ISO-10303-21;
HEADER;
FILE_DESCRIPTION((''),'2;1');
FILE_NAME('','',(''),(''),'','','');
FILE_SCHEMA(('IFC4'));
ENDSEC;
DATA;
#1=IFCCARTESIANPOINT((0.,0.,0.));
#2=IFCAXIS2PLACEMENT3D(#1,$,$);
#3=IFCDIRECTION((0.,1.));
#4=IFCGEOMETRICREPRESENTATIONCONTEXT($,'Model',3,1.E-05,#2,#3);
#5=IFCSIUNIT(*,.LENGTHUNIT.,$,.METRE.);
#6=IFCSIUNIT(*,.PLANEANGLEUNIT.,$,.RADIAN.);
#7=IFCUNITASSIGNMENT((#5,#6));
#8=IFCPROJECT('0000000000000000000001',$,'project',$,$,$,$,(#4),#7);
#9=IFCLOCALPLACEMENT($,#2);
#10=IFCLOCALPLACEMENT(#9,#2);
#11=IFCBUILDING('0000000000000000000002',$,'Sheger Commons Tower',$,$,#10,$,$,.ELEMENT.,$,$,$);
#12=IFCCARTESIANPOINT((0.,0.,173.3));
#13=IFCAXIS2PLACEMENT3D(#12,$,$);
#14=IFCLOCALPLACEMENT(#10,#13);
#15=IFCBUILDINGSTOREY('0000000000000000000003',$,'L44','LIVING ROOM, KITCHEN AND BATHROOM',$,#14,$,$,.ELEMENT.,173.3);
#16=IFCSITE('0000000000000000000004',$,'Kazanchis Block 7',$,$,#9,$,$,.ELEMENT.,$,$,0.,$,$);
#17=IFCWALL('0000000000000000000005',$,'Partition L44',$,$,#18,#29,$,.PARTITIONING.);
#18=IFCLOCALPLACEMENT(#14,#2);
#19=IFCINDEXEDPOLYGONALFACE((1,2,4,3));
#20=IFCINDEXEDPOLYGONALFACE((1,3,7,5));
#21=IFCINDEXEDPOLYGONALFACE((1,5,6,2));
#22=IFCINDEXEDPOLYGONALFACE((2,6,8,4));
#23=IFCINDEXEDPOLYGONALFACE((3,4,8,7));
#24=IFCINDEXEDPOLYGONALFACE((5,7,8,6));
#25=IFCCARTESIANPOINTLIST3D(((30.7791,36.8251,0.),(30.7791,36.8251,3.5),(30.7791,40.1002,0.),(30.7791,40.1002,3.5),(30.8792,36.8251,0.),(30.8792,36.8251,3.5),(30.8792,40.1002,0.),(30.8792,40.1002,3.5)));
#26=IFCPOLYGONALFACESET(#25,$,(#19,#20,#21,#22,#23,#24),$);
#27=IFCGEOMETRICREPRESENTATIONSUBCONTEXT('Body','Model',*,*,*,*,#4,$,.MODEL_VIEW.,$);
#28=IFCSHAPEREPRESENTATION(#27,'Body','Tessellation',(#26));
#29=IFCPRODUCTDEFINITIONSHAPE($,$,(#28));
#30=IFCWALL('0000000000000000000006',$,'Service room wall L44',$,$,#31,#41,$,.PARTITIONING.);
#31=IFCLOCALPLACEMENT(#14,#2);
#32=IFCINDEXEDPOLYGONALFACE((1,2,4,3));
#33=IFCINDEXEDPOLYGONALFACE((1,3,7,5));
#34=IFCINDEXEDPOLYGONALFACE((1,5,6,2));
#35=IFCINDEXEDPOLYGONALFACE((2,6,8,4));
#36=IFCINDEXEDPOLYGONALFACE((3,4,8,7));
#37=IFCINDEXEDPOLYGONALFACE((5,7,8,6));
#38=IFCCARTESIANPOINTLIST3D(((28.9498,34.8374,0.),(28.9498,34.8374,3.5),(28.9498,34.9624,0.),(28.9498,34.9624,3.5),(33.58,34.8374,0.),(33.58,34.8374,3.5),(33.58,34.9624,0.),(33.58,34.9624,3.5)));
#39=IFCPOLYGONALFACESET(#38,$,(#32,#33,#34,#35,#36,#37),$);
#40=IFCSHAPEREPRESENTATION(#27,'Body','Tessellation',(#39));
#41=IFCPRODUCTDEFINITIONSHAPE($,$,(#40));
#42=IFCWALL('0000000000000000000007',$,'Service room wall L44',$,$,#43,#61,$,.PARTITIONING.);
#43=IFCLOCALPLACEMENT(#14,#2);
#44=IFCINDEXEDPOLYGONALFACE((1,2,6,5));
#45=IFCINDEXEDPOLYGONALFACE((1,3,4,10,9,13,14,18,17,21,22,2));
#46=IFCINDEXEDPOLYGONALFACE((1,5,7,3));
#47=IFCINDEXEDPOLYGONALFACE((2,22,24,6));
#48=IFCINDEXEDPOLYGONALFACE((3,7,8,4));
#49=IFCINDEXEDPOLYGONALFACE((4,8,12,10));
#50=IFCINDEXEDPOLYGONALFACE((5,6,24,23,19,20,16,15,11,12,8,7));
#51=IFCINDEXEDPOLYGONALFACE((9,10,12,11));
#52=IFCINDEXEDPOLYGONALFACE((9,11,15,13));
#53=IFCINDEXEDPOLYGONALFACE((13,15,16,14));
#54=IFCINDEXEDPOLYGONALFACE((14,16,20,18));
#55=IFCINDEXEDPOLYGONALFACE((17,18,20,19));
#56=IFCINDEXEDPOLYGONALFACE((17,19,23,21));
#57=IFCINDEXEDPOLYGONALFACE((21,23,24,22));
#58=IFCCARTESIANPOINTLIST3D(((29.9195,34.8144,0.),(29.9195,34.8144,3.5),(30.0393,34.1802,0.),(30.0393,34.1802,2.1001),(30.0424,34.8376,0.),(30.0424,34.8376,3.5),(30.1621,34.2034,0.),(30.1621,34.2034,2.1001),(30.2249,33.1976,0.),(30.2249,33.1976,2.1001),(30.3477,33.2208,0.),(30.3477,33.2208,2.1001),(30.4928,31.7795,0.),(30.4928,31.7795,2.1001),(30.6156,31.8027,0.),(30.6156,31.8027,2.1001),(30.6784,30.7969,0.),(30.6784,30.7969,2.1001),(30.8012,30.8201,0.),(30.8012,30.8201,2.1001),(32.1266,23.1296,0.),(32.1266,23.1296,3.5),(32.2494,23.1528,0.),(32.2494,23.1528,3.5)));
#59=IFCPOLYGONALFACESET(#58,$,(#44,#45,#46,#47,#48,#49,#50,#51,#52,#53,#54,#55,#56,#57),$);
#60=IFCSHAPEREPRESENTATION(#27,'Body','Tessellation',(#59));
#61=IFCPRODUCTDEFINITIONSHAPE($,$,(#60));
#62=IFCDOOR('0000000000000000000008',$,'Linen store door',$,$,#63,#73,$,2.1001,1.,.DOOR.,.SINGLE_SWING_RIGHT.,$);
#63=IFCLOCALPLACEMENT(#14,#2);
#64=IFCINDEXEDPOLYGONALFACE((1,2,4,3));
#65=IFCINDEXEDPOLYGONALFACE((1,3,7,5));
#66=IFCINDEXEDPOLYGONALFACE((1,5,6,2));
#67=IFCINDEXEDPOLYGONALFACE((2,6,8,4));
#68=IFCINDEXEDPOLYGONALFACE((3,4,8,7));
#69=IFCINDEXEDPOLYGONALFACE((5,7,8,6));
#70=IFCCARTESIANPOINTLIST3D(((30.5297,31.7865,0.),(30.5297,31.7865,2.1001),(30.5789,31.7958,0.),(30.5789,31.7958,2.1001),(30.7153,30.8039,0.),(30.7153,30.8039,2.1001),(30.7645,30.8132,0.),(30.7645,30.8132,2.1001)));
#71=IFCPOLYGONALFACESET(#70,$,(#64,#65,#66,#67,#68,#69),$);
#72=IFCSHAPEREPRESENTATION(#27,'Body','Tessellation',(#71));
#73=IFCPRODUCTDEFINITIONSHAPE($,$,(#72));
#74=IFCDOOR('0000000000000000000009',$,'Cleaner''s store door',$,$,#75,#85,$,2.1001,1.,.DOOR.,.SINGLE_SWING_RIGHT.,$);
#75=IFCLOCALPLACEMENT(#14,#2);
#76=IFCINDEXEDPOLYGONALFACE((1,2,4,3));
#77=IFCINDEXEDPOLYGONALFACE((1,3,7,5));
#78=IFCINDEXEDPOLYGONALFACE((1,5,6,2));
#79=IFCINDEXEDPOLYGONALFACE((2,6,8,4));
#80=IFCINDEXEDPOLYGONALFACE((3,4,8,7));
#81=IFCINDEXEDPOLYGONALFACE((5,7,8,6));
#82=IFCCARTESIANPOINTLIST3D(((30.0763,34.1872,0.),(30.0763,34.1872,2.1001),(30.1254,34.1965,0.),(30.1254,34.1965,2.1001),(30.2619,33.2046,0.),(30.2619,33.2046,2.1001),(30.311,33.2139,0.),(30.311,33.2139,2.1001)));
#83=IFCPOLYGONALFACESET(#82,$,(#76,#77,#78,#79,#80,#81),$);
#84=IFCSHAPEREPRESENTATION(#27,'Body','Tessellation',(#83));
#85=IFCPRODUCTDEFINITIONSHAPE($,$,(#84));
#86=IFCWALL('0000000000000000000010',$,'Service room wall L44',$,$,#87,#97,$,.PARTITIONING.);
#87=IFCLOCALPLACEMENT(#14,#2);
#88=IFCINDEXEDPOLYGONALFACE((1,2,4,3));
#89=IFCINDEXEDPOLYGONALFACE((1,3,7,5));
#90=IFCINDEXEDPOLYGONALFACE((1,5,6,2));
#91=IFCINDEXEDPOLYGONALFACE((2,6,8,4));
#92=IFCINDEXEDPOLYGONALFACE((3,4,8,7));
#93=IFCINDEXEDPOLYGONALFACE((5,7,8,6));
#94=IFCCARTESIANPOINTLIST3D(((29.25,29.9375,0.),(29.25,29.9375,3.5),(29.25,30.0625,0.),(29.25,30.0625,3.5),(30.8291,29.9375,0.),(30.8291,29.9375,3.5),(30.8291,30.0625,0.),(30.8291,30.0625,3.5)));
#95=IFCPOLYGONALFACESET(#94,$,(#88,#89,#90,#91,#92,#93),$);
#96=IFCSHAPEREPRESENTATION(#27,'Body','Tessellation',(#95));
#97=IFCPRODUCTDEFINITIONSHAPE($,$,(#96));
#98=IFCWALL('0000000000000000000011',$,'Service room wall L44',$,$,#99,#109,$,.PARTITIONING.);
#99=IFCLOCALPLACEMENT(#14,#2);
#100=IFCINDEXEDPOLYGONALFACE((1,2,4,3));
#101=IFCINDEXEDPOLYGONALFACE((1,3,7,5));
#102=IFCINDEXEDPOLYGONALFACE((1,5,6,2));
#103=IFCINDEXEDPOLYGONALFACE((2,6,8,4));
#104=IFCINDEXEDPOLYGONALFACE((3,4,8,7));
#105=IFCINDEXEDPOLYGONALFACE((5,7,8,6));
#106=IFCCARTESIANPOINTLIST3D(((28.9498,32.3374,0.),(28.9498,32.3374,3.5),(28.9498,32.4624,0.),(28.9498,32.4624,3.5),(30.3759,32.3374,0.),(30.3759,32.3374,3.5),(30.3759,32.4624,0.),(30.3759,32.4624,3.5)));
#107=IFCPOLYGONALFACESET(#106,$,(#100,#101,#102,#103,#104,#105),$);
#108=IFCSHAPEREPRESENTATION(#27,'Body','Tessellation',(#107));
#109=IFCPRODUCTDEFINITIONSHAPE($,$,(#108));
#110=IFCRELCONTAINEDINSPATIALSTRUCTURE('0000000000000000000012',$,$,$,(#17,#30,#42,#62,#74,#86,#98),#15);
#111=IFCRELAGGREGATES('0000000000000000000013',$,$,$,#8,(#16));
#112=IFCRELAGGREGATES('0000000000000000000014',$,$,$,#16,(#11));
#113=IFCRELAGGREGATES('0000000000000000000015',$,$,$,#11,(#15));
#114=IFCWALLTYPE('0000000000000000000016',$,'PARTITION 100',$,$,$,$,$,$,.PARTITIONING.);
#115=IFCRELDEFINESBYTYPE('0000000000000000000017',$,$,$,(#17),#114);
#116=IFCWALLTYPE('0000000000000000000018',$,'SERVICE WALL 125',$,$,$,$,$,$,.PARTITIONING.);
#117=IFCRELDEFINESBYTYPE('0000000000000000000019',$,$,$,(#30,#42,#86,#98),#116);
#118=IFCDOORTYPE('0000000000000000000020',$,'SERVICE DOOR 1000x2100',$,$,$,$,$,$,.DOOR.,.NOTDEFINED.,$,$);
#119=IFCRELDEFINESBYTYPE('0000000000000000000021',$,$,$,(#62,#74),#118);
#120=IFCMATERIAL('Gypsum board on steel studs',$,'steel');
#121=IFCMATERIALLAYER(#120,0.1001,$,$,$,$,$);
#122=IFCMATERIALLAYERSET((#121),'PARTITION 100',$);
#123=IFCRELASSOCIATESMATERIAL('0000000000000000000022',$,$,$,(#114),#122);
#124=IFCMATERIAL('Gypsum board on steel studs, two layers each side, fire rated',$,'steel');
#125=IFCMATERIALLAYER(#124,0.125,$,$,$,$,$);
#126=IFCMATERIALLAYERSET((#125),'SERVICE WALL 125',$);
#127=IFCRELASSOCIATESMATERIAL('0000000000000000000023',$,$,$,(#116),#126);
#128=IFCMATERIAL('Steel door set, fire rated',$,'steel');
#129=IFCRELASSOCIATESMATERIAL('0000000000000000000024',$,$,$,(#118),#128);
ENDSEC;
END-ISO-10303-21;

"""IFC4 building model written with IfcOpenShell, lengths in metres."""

from ifc_helpers import new_model, si_unit, direction, frame, frame_2d, origin, place, context, subcontext, project, spatial, rectangle, extrude, material, layer, layer_set, type_object, element, fill, save


model = new_model("IFC4")

# Units and contexts
model_context = context("Model", 3, precision=1e-05, world=origin(), true_north=direction((0.0, 1.0)))
body_context = subcontext(model_context, "Body", "Model", "MODEL_VIEW")
ifc_project = project(units=[si_unit("LENGTHUNIT", "METRE"), si_unit("PLANEANGLEUNIT", "RADIAN")], contexts=[model_context])

# Site, building, storey
site_placement = place(None, origin())
site = spatial("IfcSite", under=ifc_project, at=site_placement, Name="Kazanchis Block 7", CompositionType="ELEMENT", RefElevation=0.0)
building_placement = place(site_placement, origin())
building = spatial("IfcBuilding", under=site, at=building_placement, Name="Sheger Commons Tower", CompositionType="ELEMENT")
storey_placement = place(building_placement, frame((0.0, 0.0, 173.3)))
storey = spatial("IfcBuildingStorey", under=building, at=storey_placement, Name="L44", Description="LIVING ROOM, KITCHEN AND BATHROOM", CompositionType="ELEMENT", Elevation=173.3)

# Shared definitions
ifc_material_1 = material(Name="Gypsum board on steel studs", Category="steel")
ifc_layer_1 = layer(ifc_material_1, 0.1001)
ifc_layer_set_1 = layer_set([ifc_layer_1], Name="PARTITION 100")
wall_type_1 = type_object("IfcWallType", Name="PARTITION 100", PredefinedType="PARTITIONING", material=ifc_layer_set_1)

# Walls
wall_1_placement = place(storey_placement, frame((30.8291, 36.825, 0.0), z_axis=(0.0, 0.0, 1.0), x_axis=(0.0, 1.0, 0.0)))
element("IfcWall", 1, at=wall_1_placement, inside=storey, type_object=wall_type_1, Name="Partition L44", PredefinedType="PARTITIONING", context=body_context, shape_type="SweptSolid", body=[
    extrude(rectangle(XDim=3.2751, YDim=0.1001, at=frame_2d((1.6377, 0.0))), origin(), (0.0, 0.0, 1.0), 3.5),
])
ifc_material_2 = material(Name="Gypsum board on steel studs, two layers each side, fire rated", Category="steel")
ifc_layer_2 = layer(ifc_material_2, 0.125)
ifc_layer_set_2 = layer_set([ifc_layer_2], Name="SERVICE WALL 125")
wall_type_2 = type_object("IfcWallType", Name="SERVICE WALL 125", PredefinedType="PARTITIONING", material=ifc_layer_set_2)
wall_2_placement = place(storey_placement, frame((28.95, 34.8999, 0.0), z_axis=(0.0, 0.0, 1.0), x_axis=(1.0, 0.0, 0.0)))
element("IfcWall", 2, at=wall_2_placement, inside=storey, type_object=wall_type_2, Name="Service room wall L44", PredefinedType="PARTITIONING", context=body_context, shape_type="SweptSolid", body=[
    extrude(rectangle(XDim=4.6301, YDim=0.125, at=frame_2d((2.3149, 0.0))), origin(), (0.0, 0.0, 1.0), 3.5),
])

# Wall, openings, doors
wall_3_placement = place(storey_placement, frame((32.188, 23.1411, 0.0), z_axis=(0.0, 0.0, 1.0), x_axis=(-0.185599, 0.982626, 0.0)))
wall_3 = element("IfcWall", 3, at=wall_3_placement, inside=storey, type_object=wall_type_2, Name="Service room wall L44", PredefinedType="PARTITIONING", context=body_context, shape_type="SweptSolid", body=[
    extrude(rectangle(XDim=11.8914, YDim=0.125, at=frame_2d((5.9458, 0.0))), origin(), (0.0, 0.0, 1.0), 3.5),
])
opening_1_placement = place(wall_3_placement, frame((7.803, 0.0, 0.0)))
opening_1 = element("IfcOpeningElement", 4, at=opening_1_placement, cuts=wall_3, PredefinedType="OPENING", context=body_context, shape_type="SweptSolid", body=[
    extrude(rectangle(XDim=1.0, YDim=2.1001, at=frame_2d((0.5, 1.05))), frame((0.0, 0.0725, 0.0), z_axis=(0.0, -1.0, 0.0), x_axis=(1.0, 0.0, 0.0)), (0.0, 0.0, 1.0), 0.145),
])
opening_2_placement = place(wall_3_placement, frame((10.2461, 0.0, 0.0)))
opening_2 = element("IfcOpeningElement", 5, at=opening_2_placement, cuts=wall_3, PredefinedType="OPENING", context=body_context, shape_type="SweptSolid", body=[
    extrude(rectangle(XDim=1.0, YDim=2.1001, at=frame_2d((0.5, 1.05))), frame((0.0, 0.0725, 0.0), z_axis=(0.0, -1.0, 0.0), x_axis=(1.0, 0.0, 0.0)), (0.0, 0.0, 1.0), 0.145),
])
ifc_material_3 = material(Name="Steel door set, fire rated", Category="steel")
door_type_1 = type_object("IfcDoorType", Name="SERVICE DOOR 1000x2100", OperationType="NOTDEFINED", PredefinedType="DOOR", material=ifc_material_3)
door_1_placement = place(opening_1_placement, origin())
door_1 = element("IfcDoor", 6, at=door_1_placement, inside=storey, type_object=door_type_1, Name="Linen store door", OperationType="SINGLE_SWING_RIGHT", OverallHeight=2.1001, OverallWidth=1.0, PredefinedType="DOOR", context=body_context, shape_type="SweptSolid", body=[
    extrude(rectangle(XDim=1.0, YDim=2.1001, at=frame_2d((0.5, 1.05))), frame((0.0, 0.0249, 0.0), z_axis=(0.0, -1.0, 0.0), x_axis=(1.0, 0.0, 0.0)), (0.0, 0.0, 1.0), 0.05),
])
fill(opening_1, door_1)
door_2_placement = place(opening_2_placement, origin())
door_2 = element("IfcDoor", 7, at=door_2_placement, inside=storey, type_object=door_type_1, Name="Cleaner's store door", OperationType="SINGLE_SWING_RIGHT", OverallHeight=2.1001, OverallWidth=1.0, PredefinedType="DOOR", context=body_context, shape_type="SweptSolid", body=[
    extrude(rectangle(XDim=1.0, YDim=2.1001, at=frame_2d((0.5, 1.05))), frame((0.0, 0.0249, 0.0), z_axis=(0.0, -1.0, 0.0), x_axis=(1.0, 0.0, 0.0)), (0.0, 0.0, 1.0), 0.05),
])
fill(opening_2, door_2)

# Walls
wall_4_placement = place(storey_placement, frame((29.25, 30.0, 0.0), z_axis=(0.0, 0.0, 1.0), x_axis=(1.0, 0.0, 0.0)))
element("IfcWall", 8, at=wall_4_placement, inside=storey, type_object=wall_type_2, Name="Service room wall L44", PredefinedType="PARTITIONING", context=body_context, shape_type="SweptSolid", body=[
    extrude(rectangle(XDim=1.5791, YDim=0.125, at=frame_2d((0.7896, 0.0))), origin(), (0.0, 0.0, 1.0), 3.5),
])
wall_5_placement = place(storey_placement, frame((28.95, 32.3999, 0.0), z_axis=(0.0, 0.0, 1.0), x_axis=(1.0, 0.0, 0.0)))
element("IfcWall", 9, at=wall_5_placement, inside=storey, type_object=wall_type_2, Name="Service room wall L44", PredefinedType="PARTITIONING", context=body_context, shape_type="SweptSolid", body=[
    extrude(rectangle(XDim=1.426, YDim=0.125, at=frame_2d((0.7129, 0.0))), origin(), (0.0, 0.0, 1.0), 3.5),
])

save(model, "model.ifc")
